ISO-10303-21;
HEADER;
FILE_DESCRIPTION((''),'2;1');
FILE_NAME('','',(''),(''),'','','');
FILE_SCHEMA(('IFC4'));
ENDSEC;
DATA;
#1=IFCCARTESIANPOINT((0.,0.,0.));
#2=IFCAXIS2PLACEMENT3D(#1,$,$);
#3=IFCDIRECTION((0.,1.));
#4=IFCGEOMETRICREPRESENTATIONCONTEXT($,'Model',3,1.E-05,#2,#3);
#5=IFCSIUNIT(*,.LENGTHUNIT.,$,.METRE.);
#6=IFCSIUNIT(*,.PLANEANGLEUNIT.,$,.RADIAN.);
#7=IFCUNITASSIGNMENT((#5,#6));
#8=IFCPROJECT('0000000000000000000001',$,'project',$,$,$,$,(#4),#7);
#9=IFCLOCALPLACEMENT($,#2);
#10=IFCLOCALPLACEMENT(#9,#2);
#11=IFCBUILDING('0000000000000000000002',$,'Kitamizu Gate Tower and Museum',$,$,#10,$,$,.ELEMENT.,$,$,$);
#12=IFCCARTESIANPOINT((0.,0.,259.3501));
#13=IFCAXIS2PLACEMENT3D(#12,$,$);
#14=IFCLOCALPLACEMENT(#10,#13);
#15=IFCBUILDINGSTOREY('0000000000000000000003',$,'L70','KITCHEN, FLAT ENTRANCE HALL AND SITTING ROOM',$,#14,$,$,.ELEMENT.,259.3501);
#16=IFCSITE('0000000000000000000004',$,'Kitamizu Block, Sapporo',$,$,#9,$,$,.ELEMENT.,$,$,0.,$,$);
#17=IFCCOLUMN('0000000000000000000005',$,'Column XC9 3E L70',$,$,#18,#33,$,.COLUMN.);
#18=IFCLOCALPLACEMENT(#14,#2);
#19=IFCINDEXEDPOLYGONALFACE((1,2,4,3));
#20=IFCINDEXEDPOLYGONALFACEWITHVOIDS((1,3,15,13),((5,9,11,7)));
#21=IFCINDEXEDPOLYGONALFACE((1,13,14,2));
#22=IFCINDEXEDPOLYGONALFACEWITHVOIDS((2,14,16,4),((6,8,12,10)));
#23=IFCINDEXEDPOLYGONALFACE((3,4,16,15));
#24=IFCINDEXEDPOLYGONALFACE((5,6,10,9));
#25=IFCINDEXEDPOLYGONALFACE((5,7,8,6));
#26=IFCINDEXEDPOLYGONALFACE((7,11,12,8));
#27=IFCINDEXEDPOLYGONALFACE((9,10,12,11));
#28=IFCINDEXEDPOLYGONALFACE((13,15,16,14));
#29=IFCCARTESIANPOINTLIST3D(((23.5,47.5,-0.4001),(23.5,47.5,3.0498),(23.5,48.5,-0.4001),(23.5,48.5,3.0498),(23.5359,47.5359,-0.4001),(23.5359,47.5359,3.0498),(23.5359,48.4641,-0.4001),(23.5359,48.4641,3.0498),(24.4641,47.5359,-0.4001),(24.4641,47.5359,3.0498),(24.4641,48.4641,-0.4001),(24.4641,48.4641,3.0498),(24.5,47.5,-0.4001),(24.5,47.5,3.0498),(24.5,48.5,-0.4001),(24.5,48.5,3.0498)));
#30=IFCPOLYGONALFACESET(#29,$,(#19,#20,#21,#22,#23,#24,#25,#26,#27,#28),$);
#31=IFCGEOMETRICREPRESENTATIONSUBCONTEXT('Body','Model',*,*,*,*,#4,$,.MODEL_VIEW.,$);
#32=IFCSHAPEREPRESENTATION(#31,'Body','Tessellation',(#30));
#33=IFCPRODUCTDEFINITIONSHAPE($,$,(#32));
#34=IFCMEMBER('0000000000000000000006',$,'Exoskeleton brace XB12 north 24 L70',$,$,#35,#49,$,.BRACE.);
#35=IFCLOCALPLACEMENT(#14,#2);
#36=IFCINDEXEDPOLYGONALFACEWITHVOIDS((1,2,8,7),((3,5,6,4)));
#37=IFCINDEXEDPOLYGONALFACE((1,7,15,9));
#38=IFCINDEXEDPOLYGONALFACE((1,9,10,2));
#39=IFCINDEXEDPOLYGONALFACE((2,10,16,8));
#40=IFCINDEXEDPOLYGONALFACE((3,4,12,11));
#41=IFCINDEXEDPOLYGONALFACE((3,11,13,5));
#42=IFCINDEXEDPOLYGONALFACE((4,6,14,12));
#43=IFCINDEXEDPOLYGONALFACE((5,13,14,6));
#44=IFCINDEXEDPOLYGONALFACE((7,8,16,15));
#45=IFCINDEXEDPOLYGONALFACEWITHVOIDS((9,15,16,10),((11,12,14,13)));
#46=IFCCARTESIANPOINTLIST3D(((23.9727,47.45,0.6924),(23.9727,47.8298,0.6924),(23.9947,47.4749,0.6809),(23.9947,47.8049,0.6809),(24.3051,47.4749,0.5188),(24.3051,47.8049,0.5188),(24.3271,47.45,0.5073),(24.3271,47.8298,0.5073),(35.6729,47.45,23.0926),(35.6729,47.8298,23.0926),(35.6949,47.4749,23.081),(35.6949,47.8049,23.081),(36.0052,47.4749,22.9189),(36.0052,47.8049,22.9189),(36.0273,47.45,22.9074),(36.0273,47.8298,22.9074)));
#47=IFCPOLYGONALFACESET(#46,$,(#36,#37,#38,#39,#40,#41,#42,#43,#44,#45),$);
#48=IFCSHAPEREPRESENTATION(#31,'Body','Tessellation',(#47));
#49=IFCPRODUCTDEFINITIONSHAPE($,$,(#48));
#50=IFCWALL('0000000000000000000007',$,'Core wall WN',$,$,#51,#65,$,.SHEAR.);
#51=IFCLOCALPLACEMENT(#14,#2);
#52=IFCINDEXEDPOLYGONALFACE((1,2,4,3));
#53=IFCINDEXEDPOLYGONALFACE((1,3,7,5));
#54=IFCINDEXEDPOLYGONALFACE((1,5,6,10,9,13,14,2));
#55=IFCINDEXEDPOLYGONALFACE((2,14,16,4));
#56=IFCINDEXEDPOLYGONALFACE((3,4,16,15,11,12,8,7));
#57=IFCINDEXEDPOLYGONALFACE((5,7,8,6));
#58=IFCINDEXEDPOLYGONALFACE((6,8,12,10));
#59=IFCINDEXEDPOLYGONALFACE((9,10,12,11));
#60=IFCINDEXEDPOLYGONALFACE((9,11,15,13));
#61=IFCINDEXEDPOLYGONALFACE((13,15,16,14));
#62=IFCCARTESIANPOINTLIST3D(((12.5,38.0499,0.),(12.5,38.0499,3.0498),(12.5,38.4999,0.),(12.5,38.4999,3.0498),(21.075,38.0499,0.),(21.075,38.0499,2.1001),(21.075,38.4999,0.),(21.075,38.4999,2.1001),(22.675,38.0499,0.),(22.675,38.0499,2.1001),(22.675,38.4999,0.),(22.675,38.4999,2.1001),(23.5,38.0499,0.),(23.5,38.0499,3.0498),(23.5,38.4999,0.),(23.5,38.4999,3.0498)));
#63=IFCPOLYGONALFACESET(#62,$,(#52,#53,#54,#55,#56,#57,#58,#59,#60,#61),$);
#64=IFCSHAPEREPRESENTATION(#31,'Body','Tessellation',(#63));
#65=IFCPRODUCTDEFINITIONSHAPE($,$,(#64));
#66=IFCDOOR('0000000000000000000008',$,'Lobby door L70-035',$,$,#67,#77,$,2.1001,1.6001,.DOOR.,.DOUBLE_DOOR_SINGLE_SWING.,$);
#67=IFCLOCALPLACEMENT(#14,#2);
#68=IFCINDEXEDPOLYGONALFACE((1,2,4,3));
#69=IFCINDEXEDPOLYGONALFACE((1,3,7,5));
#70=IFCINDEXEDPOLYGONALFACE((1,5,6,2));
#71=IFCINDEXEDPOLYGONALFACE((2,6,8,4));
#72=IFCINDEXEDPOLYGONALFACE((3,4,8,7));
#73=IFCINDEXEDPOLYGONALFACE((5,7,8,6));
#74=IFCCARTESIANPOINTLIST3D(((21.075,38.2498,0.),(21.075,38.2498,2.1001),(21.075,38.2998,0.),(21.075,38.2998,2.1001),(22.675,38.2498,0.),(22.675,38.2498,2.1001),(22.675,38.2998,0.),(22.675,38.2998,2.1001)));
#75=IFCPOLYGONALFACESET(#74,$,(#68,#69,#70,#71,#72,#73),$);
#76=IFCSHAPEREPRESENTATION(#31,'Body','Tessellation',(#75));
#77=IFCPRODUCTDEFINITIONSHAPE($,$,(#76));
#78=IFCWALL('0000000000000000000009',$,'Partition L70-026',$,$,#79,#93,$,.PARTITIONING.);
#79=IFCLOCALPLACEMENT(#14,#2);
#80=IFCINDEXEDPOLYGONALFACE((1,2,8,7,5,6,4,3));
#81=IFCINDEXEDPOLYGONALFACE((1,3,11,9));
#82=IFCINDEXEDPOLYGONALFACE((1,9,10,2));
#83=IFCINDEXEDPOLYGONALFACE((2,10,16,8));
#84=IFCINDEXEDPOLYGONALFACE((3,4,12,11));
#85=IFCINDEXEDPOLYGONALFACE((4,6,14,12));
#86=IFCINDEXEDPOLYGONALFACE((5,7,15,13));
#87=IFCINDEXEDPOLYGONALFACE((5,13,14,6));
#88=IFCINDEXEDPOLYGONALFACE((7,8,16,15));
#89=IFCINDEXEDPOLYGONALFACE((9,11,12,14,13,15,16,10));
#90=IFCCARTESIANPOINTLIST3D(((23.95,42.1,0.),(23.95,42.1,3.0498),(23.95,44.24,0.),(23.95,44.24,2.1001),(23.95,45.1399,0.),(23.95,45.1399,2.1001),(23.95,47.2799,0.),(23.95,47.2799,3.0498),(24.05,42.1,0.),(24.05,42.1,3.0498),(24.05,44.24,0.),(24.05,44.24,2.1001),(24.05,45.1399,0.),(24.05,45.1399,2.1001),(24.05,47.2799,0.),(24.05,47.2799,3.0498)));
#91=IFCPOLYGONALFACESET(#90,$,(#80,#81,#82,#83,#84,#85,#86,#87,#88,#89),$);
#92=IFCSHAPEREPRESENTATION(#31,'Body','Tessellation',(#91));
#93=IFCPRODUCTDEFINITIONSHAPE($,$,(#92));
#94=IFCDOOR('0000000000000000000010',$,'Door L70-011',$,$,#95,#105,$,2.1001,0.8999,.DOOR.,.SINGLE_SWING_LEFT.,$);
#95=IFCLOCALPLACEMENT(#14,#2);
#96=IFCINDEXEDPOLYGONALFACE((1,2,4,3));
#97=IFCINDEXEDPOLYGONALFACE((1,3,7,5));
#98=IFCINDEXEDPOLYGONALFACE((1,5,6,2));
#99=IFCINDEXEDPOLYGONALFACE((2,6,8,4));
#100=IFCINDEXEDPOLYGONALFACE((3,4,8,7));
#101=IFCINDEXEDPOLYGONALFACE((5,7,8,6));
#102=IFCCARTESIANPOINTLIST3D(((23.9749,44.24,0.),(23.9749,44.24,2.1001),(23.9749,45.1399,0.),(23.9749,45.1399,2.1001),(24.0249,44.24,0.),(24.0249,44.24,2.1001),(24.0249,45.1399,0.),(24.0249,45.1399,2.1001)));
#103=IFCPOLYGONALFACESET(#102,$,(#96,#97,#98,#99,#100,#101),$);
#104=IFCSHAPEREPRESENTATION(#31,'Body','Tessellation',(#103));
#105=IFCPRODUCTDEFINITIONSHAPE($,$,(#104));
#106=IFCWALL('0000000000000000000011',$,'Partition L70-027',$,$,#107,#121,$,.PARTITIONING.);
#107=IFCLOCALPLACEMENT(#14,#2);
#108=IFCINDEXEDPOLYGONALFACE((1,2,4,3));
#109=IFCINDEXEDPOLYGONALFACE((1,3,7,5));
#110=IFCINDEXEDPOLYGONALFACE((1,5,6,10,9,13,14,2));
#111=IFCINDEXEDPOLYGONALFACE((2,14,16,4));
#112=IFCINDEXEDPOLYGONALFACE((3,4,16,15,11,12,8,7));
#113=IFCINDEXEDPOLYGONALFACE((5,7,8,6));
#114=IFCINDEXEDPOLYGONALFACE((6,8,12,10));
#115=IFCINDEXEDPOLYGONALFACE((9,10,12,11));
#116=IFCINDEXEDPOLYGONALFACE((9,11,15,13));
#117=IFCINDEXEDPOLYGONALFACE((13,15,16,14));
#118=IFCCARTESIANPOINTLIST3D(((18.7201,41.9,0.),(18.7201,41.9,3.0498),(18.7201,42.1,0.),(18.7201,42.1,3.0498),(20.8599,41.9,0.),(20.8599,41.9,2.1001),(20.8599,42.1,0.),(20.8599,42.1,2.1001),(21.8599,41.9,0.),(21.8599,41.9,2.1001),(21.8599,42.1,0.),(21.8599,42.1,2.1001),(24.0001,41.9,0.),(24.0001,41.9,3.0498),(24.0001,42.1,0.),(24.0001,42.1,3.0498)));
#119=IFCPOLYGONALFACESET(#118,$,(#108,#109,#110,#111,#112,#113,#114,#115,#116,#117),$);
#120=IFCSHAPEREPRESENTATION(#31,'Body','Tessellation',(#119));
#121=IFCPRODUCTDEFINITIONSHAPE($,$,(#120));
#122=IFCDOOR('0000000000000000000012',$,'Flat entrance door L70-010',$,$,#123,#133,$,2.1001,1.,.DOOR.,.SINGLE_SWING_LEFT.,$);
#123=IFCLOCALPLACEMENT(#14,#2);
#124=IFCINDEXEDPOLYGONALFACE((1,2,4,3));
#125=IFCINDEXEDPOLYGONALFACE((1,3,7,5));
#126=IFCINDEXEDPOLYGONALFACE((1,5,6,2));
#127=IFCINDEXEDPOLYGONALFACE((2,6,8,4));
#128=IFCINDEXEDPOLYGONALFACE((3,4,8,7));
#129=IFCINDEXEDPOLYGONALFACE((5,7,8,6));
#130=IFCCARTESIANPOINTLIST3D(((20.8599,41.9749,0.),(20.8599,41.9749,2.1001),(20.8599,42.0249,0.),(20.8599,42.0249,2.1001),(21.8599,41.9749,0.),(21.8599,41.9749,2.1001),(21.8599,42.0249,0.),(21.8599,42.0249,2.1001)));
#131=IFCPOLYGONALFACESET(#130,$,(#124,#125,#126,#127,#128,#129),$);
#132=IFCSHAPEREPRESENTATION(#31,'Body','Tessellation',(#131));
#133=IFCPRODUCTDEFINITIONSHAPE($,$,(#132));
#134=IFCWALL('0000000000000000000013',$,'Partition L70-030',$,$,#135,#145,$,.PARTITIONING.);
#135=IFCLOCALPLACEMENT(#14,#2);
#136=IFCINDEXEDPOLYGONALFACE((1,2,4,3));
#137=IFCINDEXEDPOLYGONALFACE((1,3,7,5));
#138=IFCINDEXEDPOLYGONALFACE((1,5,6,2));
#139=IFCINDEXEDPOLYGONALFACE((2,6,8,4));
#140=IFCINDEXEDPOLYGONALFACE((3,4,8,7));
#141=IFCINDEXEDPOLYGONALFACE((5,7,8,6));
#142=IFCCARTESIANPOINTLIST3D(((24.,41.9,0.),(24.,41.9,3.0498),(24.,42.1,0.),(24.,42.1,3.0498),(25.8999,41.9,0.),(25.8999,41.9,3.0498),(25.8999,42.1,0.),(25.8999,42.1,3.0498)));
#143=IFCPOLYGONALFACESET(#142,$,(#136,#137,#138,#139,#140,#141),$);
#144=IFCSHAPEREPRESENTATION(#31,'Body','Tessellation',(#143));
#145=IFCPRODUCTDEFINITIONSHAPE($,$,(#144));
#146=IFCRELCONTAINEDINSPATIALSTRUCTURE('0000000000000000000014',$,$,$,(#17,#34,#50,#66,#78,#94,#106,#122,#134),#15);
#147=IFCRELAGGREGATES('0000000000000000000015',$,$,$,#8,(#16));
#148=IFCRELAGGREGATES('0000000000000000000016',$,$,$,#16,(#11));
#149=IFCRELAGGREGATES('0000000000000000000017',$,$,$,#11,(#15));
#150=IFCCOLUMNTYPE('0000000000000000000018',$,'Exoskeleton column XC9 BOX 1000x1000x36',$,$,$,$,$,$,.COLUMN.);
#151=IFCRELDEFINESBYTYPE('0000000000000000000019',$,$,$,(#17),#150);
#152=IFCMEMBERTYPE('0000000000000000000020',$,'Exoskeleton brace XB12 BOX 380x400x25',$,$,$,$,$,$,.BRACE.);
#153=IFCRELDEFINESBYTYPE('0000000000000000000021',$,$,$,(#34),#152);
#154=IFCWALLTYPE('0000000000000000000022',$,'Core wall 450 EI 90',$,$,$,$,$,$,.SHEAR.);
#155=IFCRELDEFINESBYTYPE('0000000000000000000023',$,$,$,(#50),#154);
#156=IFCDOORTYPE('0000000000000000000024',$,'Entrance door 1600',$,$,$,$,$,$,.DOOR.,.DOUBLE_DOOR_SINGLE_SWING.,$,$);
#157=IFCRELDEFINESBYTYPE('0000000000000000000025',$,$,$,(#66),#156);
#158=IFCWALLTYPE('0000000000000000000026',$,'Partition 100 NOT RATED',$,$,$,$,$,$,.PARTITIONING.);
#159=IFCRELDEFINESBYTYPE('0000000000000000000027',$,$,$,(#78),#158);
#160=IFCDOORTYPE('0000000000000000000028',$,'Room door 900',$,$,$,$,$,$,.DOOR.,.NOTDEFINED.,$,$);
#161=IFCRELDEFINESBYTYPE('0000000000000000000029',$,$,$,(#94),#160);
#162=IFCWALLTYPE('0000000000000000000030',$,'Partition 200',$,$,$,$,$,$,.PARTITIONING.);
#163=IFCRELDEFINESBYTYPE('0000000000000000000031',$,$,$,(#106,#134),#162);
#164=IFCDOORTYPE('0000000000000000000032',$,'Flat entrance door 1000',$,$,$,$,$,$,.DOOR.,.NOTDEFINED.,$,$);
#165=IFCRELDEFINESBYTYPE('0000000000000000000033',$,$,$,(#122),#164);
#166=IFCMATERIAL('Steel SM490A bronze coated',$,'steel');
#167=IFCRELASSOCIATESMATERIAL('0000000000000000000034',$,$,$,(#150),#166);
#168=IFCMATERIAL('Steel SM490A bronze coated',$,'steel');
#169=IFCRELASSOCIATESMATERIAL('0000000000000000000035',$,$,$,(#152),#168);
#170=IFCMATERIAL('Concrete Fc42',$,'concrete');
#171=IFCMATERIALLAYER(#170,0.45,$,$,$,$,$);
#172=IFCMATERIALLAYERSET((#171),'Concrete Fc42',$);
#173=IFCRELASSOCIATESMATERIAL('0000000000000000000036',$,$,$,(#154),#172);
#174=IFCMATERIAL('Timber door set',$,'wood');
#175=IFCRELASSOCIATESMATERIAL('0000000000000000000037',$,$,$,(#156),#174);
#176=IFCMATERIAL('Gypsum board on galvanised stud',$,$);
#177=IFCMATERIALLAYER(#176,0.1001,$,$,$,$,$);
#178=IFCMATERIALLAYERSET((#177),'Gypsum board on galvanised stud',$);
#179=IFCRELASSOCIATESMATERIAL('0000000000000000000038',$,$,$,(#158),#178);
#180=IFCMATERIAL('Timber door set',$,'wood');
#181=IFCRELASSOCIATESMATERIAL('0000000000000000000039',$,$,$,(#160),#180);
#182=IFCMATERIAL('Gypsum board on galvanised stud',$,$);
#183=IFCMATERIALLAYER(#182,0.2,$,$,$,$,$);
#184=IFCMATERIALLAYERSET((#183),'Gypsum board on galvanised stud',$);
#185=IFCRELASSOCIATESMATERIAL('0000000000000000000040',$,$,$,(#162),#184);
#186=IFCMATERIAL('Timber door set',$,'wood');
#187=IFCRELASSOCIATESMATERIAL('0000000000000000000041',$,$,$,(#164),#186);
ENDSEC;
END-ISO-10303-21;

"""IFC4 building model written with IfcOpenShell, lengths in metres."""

from ifc_helpers import new_model, si_unit, direction, frame, frame_2d, origin, origin_2d, place, context, subcontext, project, spatial, rectangle, hollow_rectangle, extrude, material, layer, layer_set, material_profile, profile_set, type_object, element, fill, save


model = new_model("IFC4")

# Units and contexts
model_context = context("Model", 3, precision=1e-05, world=origin(), true_north=direction((0.0, 1.0)))
body_context = subcontext(model_context, "Body", "Model", "MODEL_VIEW")
ifc_project = project(units=[si_unit("LENGTHUNIT", "METRE"), si_unit("PLANEANGLEUNIT", "RADIAN")], contexts=[model_context])

# Site, building, storey
site_placement = place(None, origin())
site = spatial("IfcSite", under=ifc_project, at=site_placement, Name="Kitamizu Block, Sapporo", CompositionType="ELEMENT", RefElevation=0.0)
building_placement = place(site_placement, origin())
building = spatial("IfcBuilding", under=site, at=building_placement, Name="Kitamizu Gate Tower and Museum", CompositionType="ELEMENT")
storey_placement = place(building_placement, frame((0.0, 0.0, 259.3501)))
storey = spatial("IfcBuildingStorey", under=building, at=storey_placement, Name="L70", Description="KITCHEN, FLAT ENTRANCE HALL AND SITTING ROOM", CompositionType="ELEMENT", Elevation=259.3501)

# Column
ifc_material_1 = material(Name="Steel SM490A bronze coated", Category="steel")
ifc_material_profile_1 = material_profile(ifc_material_1, hollow_rectangle(XDim=1.0, YDim=1.0, WallThickness=0.0359, at=origin_2d()), Name="BOX 1000x1000x36")
ifc_profile_set_1 = profile_set([ifc_material_profile_1], Name="Steel SM490A bronze coated")
column_type = type_object("IfcColumnType", Name="Exoskeleton column XC9 BOX 1000x1000x36", PredefinedType="COLUMN", material=ifc_profile_set_1)
column_placement = place(storey_placement, frame((24.0, 48.0, -0.4001), z_axis=(0.0, 0.0, 1.0), x_axis=(1.0, 0.0, 0.0)))
element("IfcColumn", 1, at=column_placement, inside=storey, type_object=column_type, Name="Column XC9 3E L70", PredefinedType="COLUMN", context=body_context, shape_type="SweptSolid", body=[
    extrude(hollow_rectangle(XDim=1.0, YDim=1.0, WallThickness=0.0359, at=origin_2d()), origin(), (0.0, 0.0, 1.0), 3.45),
])

# Member
ifc_material_2 = material(Name="Steel SM490A bronze coated", Category="steel")
ifc_material_profile_2 = material_profile(ifc_material_2, hollow_rectangle(XDim=0.3799, YDim=0.3999, WallThickness=0.0249, at=origin_2d()), Name="BOX 380x400x25")
ifc_profile_set_2 = profile_set([ifc_material_profile_2], Name="Steel SM490A bronze coated")
member_type = type_object("IfcMemberType", Name="Exoskeleton brace XB12 BOX 380x400x25", PredefinedType="BRACE", material=ifc_profile_set_2)
member_placement = place(storey_placement, frame((24.1499, 47.6399, 0.5999), z_axis=(0.462975, 0.0, 0.886371), x_axis=(0.0, 1.0, 0.0)))
element("IfcMember", 2, at=member_placement, inside=storey, type_object=member_type, Name="Exoskeleton brace XB12 north 24 L70", PredefinedType="BRACE", context=body_context, shape_type="SweptSolid", body=[
    extrude(hollow_rectangle(XDim=0.3799, YDim=0.3999, WallThickness=0.0249, at=origin_2d()), origin(), (0.0, 0.0, 1.0), 25.2717),
])

# Walls, openings, doors
ifc_material_3 = material(Name="Concrete Fc42", Category="concrete")
ifc_layer_1 = layer(ifc_material_3, 0.45)
ifc_layer_set_1 = layer_set([ifc_layer_1], Name="Concrete Fc42")
wall_type_1 = type_object("IfcWallType", Name="Core wall 450 EI 90", PredefinedType="SHEAR", material=ifc_layer_set_1)
wall_1_placement = place(storey_placement, frame((12.5, 38.2749, 0.0), z_axis=(0.0, 0.0, 1.0), x_axis=(1.0, 0.0, 0.0)))
wall_1 = element("IfcWall", 3, at=wall_1_placement, inside=storey, type_object=wall_type_1, Name="Core wall WN", PredefinedType="SHEAR", context=body_context, shape_type="SweptSolid", body=[
    extrude(rectangle(XDim=11.0, YDim=0.45, at=frame_2d((5.5, 0.0))), origin(), (0.0, 0.0, 1.0), 3.0498),
])
opening_1_placement = place(wall_1_placement, frame((8.575, 0.0, 0.0)))
opening_1 = element("IfcOpeningElement", 4, at=opening_1_placement, cuts=wall_1, PredefinedType="OPENING", context=body_context, shape_type="SweptSolid", body=[
    extrude(rectangle(XDim=1.6001, YDim=2.1001, at=frame_2d((0.8, 1.05))), frame((0.0, 0.2349, 0.0), z_axis=(0.0, -1.0, 0.0), x_axis=(1.0, 0.0, 0.0)), (0.0, 0.0, 1.0), 0.47),
])
ifc_material_4 = material(Name="Timber door set", Category="wood")
door_type_1 = type_object("IfcDoorType", Name="Entrance door 1600", OperationType="DOUBLE_DOOR_SINGLE_SWING", PredefinedType="DOOR", material=ifc_material_4)
door_1_placement = place(opening_1_placement, origin())
door_1 = element("IfcDoor", 5, at=door_1_placement, inside=storey, type_object=door_type_1, Name="Lobby door L70-035", OperationType="DOUBLE_DOOR_SINGLE_SWING", OverallHeight=2.1001, OverallWidth=1.6001, PredefinedType="DOOR", context=body_context, shape_type="SweptSolid", body=[
    extrude(rectangle(XDim=1.6001, YDim=2.1001, at=frame_2d((0.8, 1.05))), frame((0.0, 0.0249, 0.0), z_axis=(0.0, -1.0, 0.0), x_axis=(1.0, 0.0, 0.0)), (0.0, 0.0, 1.0), 0.05),
])
fill(opening_1, door_1)
ifc_material_5 = material(Name="Gypsum board on galvanised stud")
ifc_layer_2 = layer(ifc_material_5, 0.1001)
ifc_layer_set_2 = layer_set([ifc_layer_2], Name="Gypsum board on galvanised stud")
wall_type_2 = type_object("IfcWallType", Name="Partition 100 NOT RATED", PredefinedType="PARTITIONING", material=ifc_layer_set_2)
wall_2_placement = place(storey_placement, frame((24.0, 42.1001, 0.0), z_axis=(0.0, 0.0, 1.0), x_axis=(0.0, 1.0, 0.0)))
wall_2 = element("IfcWall", 6, at=wall_2_placement, inside=storey, type_object=wall_type_2, Name="Partition L70-026", PredefinedType="PARTITIONING", context=body_context, shape_type="SweptSolid", body=[
    extrude(rectangle(XDim=5.1799, YDim=0.1001, at=frame_2d((2.5898, 0.0))), origin(), (0.0, 0.0, 1.0), 3.0498),
])
opening_2_placement = place(wall_2_placement, frame((2.1399, 0.0, 0.0)))
opening_2 = element("IfcOpeningElement", 7, at=opening_2_placement, cuts=wall_2, PredefinedType="OPENING", context=body_context, shape_type="SweptSolid", body=[
    extrude(rectangle(XDim=0.8999, YDim=2.1001, at=frame_2d((0.45, 1.05))), frame((0.0, 0.0601, 0.0), z_axis=(0.0, -1.0, 0.0), x_axis=(1.0, 0.0, 0.0)), (0.0, 0.0, 1.0), 0.1201),
])
ifc_material_6 = material(Name="Timber door set", Category="wood")
door_type_2 = type_object("IfcDoorType", Name="Room door 900", OperationType="NOTDEFINED", PredefinedType="DOOR", material=ifc_material_6)
door_2_placement = place(opening_2_placement, frame((0.8999, 0.0, 0.0), x_axis=(-1.0, 0.0, 0.0)))
door_2 = element("IfcDoor", 8, at=door_2_placement, inside=storey, type_object=door_type_2, Name="Door L70-011", OperationType="SINGLE_SWING_LEFT", OverallHeight=2.1001, OverallWidth=0.8999, PredefinedType="DOOR", context=body_context, shape_type="SweptSolid", body=[
    extrude(rectangle(XDim=0.8999, YDim=2.1001, at=frame_2d((0.45, 1.05))), frame((0.0, 0.0249, 0.0), z_axis=(0.0, -1.0, 0.0), x_axis=(1.0, 0.0, 0.0)), (0.0, 0.0, 1.0), 0.05),
])
fill(opening_2, door_2)
ifc_material_7 = material(Name="Gypsum board on galvanised stud")
ifc_layer_3 = layer(ifc_material_7, 0.2)
ifc_layer_set_3 = layer_set([ifc_layer_3], Name="Gypsum board on galvanised stud")
wall_type_3 = type_object("IfcWallType", Name="Partition 200", PredefinedType="PARTITIONING", material=ifc_layer_set_3)
wall_3_placement = place(storey_placement, frame((18.72, 42.0, 0.0), z_axis=(0.0, 0.0, 1.0), x_axis=(1.0, 0.0, 0.0)))
wall_3 = element("IfcWall", 9, at=wall_3_placement, inside=storey, type_object=wall_type_3, Name="Partition L70-027", PredefinedType="PARTITIONING", context=body_context, shape_type="SweptSolid", body=[
    extrude(rectangle(XDim=5.28, YDim=0.2, at=frame_2d((2.6401, 0.0))), origin(), (0.0, 0.0, 1.0), 3.0498),
])
opening_3_placement = place(wall_3_placement, frame((2.1399, 0.0, 0.0)))
opening_3 = element("IfcOpeningElement", 10, at=opening_3_placement, cuts=wall_3, PredefinedType="OPENING", context=body_context, shape_type="SweptSolid", body=[
    extrude(rectangle(XDim=1.0, YDim=2.1001, at=frame_2d((0.5, 1.05))), frame((0.0, 0.1099, 0.0), z_axis=(0.0, -1.0, 0.0), x_axis=(1.0, 0.0, 0.0)), (0.0, 0.0, 1.0), 0.22),
])
ifc_material_8 = material(Name="Timber door set", Category="wood")
door_type_3 = type_object("IfcDoorType", Name="Flat entrance door 1000", OperationType="NOTDEFINED", PredefinedType="DOOR", material=ifc_material_8)
door_3_placement = place(opening_3_placement, origin())
door_3 = element("IfcDoor", 11, at=door_3_placement, inside=storey, type_object=door_type_3, Name="Flat entrance door L70-010", OperationType="SINGLE_SWING_LEFT", OverallHeight=2.1001, OverallWidth=1.0, PredefinedType="DOOR", context=body_context, shape_type="SweptSolid", body=[
    extrude(rectangle(XDim=1.0, YDim=2.1001, at=frame_2d((0.5, 1.05))), frame((0.0, 0.0249, 0.0), z_axis=(0.0, -1.0, 0.0), x_axis=(1.0, 0.0, 0.0)), (0.0, 0.0, 1.0), 0.05),
])
fill(opening_3, door_3)

# Wall
wall_4_placement = place(storey_placement, frame((24.0, 42.0, 0.0), z_axis=(0.0, 0.0, 1.0), x_axis=(1.0, 0.0, 0.0)))
element("IfcWall", 12, at=wall_4_placement, inside=storey, type_object=wall_type_3, Name="Partition L70-030", PredefinedType="PARTITIONING", context=body_context, shape_type="SweptSolid", body=[
    extrude(rectangle(XDim=1.8999, YDim=0.2, at=frame_2d((0.95, 0.0))), origin(), (0.0, 0.0, 1.0), 3.0498),
])

save(model, "model.ifc")
